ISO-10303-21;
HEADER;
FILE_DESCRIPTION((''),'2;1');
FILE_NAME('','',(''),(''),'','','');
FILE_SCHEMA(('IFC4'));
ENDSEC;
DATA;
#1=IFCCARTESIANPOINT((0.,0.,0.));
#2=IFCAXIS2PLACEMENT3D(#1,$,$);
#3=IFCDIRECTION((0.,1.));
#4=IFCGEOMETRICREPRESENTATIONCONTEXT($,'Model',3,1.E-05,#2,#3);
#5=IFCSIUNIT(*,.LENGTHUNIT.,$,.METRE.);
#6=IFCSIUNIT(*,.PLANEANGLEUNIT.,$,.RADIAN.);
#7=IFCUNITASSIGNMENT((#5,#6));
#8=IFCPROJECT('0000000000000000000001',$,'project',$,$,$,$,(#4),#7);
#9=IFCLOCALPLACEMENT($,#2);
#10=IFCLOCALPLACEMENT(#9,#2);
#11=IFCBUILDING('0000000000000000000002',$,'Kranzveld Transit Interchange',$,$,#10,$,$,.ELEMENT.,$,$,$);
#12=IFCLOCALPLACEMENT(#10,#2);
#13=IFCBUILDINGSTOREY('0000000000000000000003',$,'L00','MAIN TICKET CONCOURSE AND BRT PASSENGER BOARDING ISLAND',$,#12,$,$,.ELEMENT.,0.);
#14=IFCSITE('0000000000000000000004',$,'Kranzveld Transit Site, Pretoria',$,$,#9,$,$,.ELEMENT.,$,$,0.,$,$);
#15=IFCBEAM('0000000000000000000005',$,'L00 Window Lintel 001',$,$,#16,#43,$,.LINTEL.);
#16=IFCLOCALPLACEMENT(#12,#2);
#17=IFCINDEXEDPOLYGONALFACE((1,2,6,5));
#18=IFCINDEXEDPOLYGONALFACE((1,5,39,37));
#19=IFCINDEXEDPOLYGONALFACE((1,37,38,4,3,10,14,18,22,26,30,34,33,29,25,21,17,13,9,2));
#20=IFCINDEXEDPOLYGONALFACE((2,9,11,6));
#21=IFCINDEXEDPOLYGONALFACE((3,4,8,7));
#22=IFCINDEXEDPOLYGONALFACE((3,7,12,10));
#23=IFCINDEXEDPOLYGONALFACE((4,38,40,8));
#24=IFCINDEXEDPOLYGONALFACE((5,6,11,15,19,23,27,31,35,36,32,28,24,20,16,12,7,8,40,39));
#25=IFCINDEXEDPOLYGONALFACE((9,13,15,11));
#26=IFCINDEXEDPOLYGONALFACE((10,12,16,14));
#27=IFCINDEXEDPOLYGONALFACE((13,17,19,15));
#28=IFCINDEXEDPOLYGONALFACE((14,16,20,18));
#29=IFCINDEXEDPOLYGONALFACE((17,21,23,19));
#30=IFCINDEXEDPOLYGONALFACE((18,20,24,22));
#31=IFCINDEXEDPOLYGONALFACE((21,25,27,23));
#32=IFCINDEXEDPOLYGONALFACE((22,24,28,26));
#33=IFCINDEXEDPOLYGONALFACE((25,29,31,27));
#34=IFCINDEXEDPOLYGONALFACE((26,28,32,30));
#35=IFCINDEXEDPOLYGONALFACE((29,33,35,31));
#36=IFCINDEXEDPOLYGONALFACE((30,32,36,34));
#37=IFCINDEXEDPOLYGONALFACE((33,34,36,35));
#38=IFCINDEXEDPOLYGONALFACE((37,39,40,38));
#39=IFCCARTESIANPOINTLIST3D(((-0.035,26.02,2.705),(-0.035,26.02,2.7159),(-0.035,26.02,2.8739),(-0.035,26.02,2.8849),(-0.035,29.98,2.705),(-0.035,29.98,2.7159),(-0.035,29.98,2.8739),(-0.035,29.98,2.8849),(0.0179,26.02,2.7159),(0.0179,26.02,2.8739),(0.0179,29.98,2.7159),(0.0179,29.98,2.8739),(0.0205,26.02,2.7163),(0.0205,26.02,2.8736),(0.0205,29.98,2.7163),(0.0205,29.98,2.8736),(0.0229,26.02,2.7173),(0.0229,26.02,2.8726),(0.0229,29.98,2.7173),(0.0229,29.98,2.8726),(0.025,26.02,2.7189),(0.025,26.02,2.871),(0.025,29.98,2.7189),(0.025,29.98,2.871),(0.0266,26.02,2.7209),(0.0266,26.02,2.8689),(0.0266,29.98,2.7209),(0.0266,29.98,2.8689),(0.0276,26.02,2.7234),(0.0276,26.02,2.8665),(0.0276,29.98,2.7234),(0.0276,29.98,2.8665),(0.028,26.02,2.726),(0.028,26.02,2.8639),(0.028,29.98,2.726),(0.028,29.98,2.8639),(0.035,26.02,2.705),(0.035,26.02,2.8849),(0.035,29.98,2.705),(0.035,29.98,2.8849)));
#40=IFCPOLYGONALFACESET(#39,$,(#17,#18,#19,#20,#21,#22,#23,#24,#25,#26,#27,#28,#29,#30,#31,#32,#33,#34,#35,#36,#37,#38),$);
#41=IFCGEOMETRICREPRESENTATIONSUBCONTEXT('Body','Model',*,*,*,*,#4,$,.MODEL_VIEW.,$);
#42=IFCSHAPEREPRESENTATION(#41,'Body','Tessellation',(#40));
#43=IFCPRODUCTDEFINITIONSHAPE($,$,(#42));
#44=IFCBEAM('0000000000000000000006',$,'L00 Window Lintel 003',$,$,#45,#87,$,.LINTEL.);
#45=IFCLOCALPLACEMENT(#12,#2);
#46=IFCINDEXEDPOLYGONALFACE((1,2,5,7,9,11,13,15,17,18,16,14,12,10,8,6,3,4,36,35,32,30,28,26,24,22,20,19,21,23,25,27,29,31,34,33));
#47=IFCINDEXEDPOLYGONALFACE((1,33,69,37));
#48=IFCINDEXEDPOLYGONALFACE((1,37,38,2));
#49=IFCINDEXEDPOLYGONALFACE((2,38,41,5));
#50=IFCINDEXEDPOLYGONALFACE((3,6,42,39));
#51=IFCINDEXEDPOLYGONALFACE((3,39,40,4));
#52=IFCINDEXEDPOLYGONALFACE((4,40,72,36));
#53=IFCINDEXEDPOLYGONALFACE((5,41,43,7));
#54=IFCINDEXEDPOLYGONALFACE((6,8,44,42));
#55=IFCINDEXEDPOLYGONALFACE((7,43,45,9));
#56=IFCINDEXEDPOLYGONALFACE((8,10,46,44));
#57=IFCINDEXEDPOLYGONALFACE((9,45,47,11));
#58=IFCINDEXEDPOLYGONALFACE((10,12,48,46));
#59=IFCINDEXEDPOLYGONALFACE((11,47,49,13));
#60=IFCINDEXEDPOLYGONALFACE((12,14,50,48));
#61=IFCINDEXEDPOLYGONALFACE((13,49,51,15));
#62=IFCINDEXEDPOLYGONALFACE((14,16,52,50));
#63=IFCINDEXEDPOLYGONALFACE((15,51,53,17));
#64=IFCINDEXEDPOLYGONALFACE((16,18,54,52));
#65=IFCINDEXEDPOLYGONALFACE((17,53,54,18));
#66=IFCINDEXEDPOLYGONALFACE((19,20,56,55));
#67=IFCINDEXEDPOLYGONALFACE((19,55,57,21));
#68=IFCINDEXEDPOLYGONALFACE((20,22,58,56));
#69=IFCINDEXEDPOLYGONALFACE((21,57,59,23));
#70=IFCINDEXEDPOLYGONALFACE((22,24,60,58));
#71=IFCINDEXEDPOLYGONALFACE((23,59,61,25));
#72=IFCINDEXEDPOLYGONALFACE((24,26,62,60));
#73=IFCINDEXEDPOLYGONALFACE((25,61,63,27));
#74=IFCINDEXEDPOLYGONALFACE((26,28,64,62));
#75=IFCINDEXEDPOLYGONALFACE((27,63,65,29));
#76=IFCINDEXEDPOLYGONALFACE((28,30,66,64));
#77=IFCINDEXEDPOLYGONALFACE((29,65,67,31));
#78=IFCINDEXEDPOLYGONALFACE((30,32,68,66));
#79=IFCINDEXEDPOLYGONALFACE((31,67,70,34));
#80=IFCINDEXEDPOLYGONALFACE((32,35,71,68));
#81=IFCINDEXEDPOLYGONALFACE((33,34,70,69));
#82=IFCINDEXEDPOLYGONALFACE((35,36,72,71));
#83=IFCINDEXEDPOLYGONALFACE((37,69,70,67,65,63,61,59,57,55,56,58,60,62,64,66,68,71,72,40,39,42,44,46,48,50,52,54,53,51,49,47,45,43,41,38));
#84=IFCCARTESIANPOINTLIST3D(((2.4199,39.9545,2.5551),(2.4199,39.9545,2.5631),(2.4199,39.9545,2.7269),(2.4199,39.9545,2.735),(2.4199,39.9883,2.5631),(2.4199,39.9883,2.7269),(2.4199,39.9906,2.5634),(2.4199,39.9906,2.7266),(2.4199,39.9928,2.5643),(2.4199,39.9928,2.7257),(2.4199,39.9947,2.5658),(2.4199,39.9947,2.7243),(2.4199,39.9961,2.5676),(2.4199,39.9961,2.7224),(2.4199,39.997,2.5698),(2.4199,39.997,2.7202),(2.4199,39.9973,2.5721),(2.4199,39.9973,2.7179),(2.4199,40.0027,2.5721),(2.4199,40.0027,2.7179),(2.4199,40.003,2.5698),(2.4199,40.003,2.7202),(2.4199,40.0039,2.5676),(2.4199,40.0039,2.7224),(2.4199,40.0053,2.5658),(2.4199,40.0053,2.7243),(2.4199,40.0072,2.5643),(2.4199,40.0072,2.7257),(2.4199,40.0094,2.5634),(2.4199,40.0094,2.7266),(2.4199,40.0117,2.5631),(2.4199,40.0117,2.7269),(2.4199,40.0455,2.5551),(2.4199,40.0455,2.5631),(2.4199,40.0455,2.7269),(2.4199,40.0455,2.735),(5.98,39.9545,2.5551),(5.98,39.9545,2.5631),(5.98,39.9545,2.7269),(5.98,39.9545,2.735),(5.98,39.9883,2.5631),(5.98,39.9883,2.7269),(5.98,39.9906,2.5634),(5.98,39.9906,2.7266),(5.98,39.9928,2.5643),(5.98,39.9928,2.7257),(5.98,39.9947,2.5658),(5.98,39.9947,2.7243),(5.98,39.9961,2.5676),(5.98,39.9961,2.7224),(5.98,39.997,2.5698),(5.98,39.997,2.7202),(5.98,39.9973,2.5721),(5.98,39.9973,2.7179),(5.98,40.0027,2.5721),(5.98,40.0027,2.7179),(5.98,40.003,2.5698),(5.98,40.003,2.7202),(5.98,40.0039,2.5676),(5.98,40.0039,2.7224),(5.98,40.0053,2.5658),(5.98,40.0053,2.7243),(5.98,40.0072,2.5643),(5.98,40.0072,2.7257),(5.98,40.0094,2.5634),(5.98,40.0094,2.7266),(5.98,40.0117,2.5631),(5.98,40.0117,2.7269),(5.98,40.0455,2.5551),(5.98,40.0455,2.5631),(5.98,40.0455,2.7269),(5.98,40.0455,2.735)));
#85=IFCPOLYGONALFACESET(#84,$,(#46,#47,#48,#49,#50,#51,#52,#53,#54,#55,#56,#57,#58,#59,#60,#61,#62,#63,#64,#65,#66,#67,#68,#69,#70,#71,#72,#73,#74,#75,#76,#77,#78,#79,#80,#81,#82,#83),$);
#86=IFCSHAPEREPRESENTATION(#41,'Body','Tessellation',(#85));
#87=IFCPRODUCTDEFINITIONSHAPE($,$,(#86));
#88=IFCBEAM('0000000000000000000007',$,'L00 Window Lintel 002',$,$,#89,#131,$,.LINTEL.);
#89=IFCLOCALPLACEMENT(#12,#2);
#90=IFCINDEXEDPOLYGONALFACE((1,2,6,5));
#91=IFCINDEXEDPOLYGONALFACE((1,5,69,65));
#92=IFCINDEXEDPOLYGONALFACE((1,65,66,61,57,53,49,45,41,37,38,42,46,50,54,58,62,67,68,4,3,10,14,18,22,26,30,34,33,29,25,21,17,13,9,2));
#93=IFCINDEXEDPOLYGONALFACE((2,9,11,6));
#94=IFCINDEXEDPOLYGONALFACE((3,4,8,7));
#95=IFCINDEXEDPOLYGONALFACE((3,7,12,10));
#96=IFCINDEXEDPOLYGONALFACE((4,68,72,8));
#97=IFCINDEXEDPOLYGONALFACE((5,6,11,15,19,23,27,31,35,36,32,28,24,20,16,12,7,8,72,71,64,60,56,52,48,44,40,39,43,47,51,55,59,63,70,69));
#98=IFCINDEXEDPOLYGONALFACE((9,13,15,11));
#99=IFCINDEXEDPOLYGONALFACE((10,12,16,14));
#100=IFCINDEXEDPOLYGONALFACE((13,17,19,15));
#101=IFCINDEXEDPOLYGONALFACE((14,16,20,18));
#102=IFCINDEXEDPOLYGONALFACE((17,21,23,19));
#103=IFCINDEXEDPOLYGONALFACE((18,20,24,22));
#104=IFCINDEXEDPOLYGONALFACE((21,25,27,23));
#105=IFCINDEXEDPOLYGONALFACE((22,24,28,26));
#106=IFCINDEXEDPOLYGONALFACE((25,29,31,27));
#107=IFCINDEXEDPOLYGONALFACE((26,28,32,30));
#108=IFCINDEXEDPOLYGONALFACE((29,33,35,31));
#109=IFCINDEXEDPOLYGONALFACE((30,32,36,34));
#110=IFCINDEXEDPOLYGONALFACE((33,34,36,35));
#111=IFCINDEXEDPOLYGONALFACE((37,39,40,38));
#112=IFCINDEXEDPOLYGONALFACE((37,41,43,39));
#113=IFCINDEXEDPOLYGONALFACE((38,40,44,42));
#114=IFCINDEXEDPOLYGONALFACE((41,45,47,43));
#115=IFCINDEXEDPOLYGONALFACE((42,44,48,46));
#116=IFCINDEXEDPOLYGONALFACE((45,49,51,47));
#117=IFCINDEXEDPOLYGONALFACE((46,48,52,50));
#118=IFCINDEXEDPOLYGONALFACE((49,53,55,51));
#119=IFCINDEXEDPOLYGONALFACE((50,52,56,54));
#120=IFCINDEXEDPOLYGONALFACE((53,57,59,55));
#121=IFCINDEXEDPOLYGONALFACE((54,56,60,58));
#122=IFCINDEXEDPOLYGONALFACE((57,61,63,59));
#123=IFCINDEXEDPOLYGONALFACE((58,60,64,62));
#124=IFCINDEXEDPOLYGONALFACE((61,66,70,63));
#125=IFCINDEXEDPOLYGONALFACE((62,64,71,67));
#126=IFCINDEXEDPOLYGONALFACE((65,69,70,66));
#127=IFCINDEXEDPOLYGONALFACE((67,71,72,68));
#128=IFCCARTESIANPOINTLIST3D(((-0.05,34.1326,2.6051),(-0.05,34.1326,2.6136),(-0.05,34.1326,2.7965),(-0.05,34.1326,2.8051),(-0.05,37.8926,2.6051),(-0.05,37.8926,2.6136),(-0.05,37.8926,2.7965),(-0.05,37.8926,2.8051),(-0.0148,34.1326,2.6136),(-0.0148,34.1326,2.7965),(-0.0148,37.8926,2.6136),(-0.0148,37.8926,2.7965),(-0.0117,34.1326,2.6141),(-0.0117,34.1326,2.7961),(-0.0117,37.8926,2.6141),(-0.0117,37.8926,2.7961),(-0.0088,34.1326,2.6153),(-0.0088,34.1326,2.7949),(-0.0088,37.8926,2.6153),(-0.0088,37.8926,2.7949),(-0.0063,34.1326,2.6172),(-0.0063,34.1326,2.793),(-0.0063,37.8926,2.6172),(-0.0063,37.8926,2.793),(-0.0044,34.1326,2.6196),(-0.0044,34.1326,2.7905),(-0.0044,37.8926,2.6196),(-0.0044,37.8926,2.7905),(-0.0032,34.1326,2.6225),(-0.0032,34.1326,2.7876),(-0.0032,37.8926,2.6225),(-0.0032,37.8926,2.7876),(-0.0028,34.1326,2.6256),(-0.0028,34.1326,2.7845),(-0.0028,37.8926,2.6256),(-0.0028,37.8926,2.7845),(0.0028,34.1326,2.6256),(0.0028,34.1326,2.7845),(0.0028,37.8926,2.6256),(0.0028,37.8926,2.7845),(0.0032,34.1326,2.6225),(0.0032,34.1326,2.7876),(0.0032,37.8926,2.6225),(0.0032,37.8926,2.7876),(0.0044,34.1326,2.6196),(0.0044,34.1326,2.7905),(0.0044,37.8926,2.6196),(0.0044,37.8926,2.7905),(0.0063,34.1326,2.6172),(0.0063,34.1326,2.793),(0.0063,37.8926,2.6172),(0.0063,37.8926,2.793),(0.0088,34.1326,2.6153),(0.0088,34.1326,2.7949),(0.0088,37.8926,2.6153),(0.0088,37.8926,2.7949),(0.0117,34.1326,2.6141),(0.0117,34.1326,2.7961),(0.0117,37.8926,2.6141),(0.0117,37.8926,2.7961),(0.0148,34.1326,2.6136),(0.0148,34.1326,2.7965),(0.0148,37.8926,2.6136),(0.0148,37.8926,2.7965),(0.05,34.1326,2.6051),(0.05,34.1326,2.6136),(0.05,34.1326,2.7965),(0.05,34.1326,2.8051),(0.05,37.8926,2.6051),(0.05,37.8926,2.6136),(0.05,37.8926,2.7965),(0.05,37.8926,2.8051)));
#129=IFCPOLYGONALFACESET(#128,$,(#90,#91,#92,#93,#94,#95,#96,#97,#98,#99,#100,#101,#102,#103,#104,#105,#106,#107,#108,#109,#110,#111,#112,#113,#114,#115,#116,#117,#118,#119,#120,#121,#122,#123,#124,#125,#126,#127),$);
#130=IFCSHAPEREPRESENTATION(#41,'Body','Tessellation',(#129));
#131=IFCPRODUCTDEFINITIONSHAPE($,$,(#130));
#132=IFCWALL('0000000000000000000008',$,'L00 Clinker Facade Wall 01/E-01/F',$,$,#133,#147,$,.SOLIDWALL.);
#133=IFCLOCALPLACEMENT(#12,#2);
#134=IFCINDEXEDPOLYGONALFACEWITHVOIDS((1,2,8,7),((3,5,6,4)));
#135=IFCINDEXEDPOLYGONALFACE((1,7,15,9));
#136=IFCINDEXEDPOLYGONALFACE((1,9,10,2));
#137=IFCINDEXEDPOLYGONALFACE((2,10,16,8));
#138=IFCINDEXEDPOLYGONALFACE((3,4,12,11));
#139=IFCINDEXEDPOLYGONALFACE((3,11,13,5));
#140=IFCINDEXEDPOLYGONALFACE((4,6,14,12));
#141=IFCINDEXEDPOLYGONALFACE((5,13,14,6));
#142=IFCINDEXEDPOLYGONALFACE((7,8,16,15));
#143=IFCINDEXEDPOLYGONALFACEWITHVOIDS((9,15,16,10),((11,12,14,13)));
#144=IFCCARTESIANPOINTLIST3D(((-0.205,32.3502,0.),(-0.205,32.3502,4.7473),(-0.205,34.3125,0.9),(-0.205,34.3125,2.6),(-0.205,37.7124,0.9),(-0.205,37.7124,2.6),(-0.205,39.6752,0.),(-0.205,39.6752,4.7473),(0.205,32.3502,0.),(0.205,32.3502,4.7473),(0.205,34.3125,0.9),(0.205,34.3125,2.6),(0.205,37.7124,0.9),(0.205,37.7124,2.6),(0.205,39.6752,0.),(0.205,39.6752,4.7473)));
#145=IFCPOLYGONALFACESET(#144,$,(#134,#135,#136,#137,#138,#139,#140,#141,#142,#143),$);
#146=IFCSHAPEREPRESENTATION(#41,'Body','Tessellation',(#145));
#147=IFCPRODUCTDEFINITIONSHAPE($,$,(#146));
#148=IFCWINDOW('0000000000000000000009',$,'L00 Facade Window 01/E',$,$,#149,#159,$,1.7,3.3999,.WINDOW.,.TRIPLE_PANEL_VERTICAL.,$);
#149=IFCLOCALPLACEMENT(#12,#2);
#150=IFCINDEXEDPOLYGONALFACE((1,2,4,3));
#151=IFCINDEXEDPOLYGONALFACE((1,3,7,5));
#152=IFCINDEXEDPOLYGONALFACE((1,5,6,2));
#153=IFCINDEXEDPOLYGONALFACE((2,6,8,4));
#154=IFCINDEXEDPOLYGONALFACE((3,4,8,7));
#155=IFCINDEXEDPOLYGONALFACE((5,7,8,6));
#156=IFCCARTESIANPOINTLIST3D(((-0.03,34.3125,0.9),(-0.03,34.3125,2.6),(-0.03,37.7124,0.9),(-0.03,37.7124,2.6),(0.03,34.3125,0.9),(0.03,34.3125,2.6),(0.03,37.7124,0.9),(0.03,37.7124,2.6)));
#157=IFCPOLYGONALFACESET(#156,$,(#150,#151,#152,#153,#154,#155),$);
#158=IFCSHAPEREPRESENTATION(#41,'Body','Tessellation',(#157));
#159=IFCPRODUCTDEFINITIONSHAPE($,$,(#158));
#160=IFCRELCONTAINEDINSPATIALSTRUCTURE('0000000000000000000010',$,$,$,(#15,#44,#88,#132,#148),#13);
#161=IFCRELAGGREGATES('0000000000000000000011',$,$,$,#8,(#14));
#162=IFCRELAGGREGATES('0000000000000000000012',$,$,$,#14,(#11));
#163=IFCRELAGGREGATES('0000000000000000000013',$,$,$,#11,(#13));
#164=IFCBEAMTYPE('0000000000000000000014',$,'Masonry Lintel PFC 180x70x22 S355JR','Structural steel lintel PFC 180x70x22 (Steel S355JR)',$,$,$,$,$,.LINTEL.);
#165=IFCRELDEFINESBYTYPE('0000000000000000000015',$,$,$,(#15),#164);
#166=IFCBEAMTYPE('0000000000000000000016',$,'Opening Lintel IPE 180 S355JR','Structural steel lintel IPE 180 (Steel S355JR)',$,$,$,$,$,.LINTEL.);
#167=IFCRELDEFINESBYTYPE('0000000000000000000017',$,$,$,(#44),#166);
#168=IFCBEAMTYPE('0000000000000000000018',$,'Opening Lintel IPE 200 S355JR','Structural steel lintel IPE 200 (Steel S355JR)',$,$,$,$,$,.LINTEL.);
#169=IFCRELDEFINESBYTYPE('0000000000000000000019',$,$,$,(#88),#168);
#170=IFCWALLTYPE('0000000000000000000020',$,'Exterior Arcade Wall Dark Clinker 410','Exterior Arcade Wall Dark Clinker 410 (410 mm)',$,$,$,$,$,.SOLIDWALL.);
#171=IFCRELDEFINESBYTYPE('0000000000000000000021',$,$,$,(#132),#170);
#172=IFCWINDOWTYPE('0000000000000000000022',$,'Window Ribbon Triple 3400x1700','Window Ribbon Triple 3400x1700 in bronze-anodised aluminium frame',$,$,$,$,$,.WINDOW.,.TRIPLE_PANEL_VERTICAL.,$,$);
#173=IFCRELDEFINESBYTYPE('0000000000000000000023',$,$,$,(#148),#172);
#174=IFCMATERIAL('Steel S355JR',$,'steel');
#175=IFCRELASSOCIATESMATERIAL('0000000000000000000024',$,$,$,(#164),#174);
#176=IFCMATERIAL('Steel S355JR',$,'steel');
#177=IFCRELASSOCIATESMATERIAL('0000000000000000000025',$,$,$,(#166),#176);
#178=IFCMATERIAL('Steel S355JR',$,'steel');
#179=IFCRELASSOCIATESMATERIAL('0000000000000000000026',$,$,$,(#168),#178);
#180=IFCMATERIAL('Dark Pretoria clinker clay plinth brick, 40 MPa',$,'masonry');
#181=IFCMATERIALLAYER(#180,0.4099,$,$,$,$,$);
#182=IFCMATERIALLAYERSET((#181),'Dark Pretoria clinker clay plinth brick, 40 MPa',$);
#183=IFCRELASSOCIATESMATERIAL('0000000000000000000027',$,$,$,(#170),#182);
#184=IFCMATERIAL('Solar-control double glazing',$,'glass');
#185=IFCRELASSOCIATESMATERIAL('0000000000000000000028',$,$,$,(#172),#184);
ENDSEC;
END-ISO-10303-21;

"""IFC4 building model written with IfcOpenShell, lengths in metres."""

from ifc_helpers import new_model, si_unit, direction, frame, frame_2d, origin, origin_2d, place, context, subcontext, project, spatial, rectangle, i_section, u_section, extrude, material, layer, layer_set, material_profile, profile_set, type_object, element, fill, save


model = new_model("IFC4")

# Units and contexts
model_context = context("Model", 3, precision=1e-05, world=origin(), true_north=direction((0.0, 1.0)))
body_context = subcontext(model_context, "Body", "Model", "MODEL_VIEW")
ifc_project = project(units=[si_unit("LENGTHUNIT", "METRE"), si_unit("PLANEANGLEUNIT", "RADIAN")], contexts=[model_context])

# Site, building, storey
site_placement = place(None, origin())
site = spatial("IfcSite", under=ifc_project, at=site_placement, Name="Kranzveld Transit Site, Pretoria", CompositionType="ELEMENT", RefElevation=0.0)
building_placement = place(site_placement, origin())
building = spatial("IfcBuilding", under=site, at=building_placement, Name="Kranzveld Transit Interchange", CompositionType="ELEMENT")
storey_placement = place(building_placement, origin())
storey = spatial("IfcBuildingStorey", under=building, at=storey_placement, Name="L00", Description="MAIN TICKET CONCOURSE AND BRT PASSENGER BOARDING ISLAND", CompositionType="ELEMENT", Elevation=0.0)

# Beams
ifc_material_1 = material(Name="Steel S355JR", Category="steel")
ifc_material_profile_1 = material_profile(ifc_material_1, u_section(Depth=0.1799, FlangeWidth=0.0701, WebThickness=0.0071, FlangeThickness=0.011, FilletRadius=0.01, at=origin_2d()), Name="PFC 180x70x22")
ifc_profile_set_1 = profile_set([ifc_material_profile_1], Name="Steel S355JR")
beam_type_1 = type_object("IfcBeamType", Name="Masonry Lintel PFC 180x70x22 S355JR", Description="Structural steel lintel PFC 180x70x22 (Steel S355JR)", PredefinedType="LINTEL", material=ifc_profile_set_1)
beam_1_placement = place(storey_placement, frame((0.0, 26.02, 2.7949), z_axis=(0.0, 1.0, 0.0), x_axis=(-1.0, 0.0, 0.0)))
element("IfcBeam", 1, at=beam_1_placement, inside=storey, type_object=beam_type_1, Name="L00 Window Lintel 001", PredefinedType="LINTEL", context=body_context, shape_type="SweptSolid", body=[
    extrude(u_section(Depth=0.1799, FlangeWidth=0.0701, WebThickness=0.0071, FlangeThickness=0.011, FilletRadius=0.01, at=origin_2d()), origin(), (0.0, 0.0, 1.0), 3.96),
])
ifc_material_2 = material(Name="Steel S355JR", Category="steel")
ifc_material_profile_2 = material_profile(ifc_material_2, i_section(OverallWidth=0.0911, OverallDepth=0.1799, WebThickness=0.0054, FlangeThickness=0.0081, FilletRadius=0.009, at=origin_2d()), Name="IPE 180")
ifc_profile_set_2 = profile_set([ifc_material_profile_2], Name="Steel S355JR")
beam_type_2 = type_object("IfcBeamType", Name="Opening Lintel IPE 180 S355JR", Description="Structural steel lintel IPE 180 (Steel S355JR)", PredefinedType="LINTEL", material=ifc_profile_set_2)
beam_2_placement = place(storey_placement, frame((2.4199, 40.0, 2.645), z_axis=(1.0, 0.0, 0.0), x_axis=(0.0, 1.0, 0.0)))
element("IfcBeam", 2, at=beam_2_placement, inside=storey, type_object=beam_type_2, Name="L00 Window Lintel 003", PredefinedType="LINTEL", context=body_context, shape_type="SweptSolid", body=[
    extrude(i_section(OverallWidth=0.0911, OverallDepth=0.1799, WebThickness=0.0054, FlangeThickness=0.0081, FilletRadius=0.009, at=origin_2d()), origin(), (0.0, 0.0, 1.0), 3.5601),
])
ifc_material_3 = material(Name="Steel S355JR", Category="steel")
ifc_material_profile_3 = material_profile(ifc_material_3, i_section(OverallWidth=0.1001, OverallDepth=0.2, WebThickness=0.0056, FlangeThickness=0.0085, FilletRadius=0.012, at=origin_2d()), Name="IPE 200")
ifc_profile_set_3 = profile_set([ifc_material_profile_3], Name="Steel S355JR")
beam_type_3 = type_object("IfcBeamType", Name="Opening Lintel IPE 200 S355JR", Description="Structural steel lintel IPE 200 (Steel S355JR)", PredefinedType="LINTEL", material=ifc_profile_set_3)
beam_3_placement = place(storey_placement, frame((0.0, 34.1326, 2.7051), z_axis=(0.0, 1.0, 0.0), x_axis=(-1.0, 0.0, 0.0)))
element("IfcBeam", 3, at=beam_3_placement, inside=storey, type_object=beam_type_3, Name="L00 Window Lintel 002", PredefinedType="LINTEL", context=body_context, shape_type="SweptSolid", body=[
    extrude(i_section(OverallWidth=0.1001, OverallDepth=0.2, WebThickness=0.0056, FlangeThickness=0.0085, FilletRadius=0.012, at=origin_2d()), origin(), (0.0, 0.0, 1.0), 3.76),
])

# Wall, opening, window
ifc_material_4 = material(Name="Dark Pretoria clinker clay plinth brick, 40 MPa", Category="masonry")
ifc_layer_1 = layer(ifc_material_4, 0.4099)
ifc_layer_set_1 = layer_set([ifc_layer_1], Name="Dark Pretoria clinker clay plinth brick, 40 MPa")
wall_type_1 = type_object("IfcWallType", Name="Exterior Arcade Wall Dark Clinker 410", Description="Exterior Arcade Wall Dark Clinker 410 (410 mm)", PredefinedType="SOLIDWALL", material=ifc_layer_set_1)
wall_1_placement = place(storey_placement, frame((0.0, 32.3501, 0.0), z_axis=(0.0, 0.0, 1.0), x_axis=(0.0, 1.0, 0.0)))
wall_1 = element("IfcWall", 4, at=wall_1_placement, inside=storey, type_object=wall_type_1, Name="L00 Clinker Facade Wall 01/E-01/F", PredefinedType="SOLIDWALL", context=body_context, shape_type="SweptSolid", body=[
    extrude(rectangle(XDim=7.325, YDim=0.4099, at=frame_2d((3.6626, 0.0))), origin(), (0.0, 0.0, 1.0), 4.7473),
])
opening_1_placement = place(wall_1_placement, frame((1.9624, 0.0, 0.8999), z_axis=(0.0, 0.0, 1.0), x_axis=(1.0, 0.0, 0.0)))
opening_1 = element("IfcOpeningElement", 5, at=opening_1_placement, cuts=wall_1, PredefinedType="OPENING", context=body_context, shape_type="SweptSolid", body=[
    extrude(rectangle(XDim=3.3999, YDim=1.7, at=frame_2d((1.7, 0.8501))), frame((0.0, 0.2148, 0.0), z_axis=(0.0, -1.0, 0.0), x_axis=(1.0, 0.0, 0.0)), (0.0, 0.0, 1.0), 0.4299),
])
ifc_material_5 = material(Name="Solar-control double glazing", Category="glass")
window_type_1 = type_object("IfcWindowType", Name="Window Ribbon Triple 3400x1700", Description="Window Ribbon Triple 3400x1700 in bronze-anodised aluminium frame", PartitioningType="TRIPLE_PANEL_VERTICAL", PredefinedType="WINDOW", material=ifc_material_5)
window_1_placement = place(opening_1_placement, origin())
window_1 = element("IfcWindow", 6, at=window_1_placement, inside=storey, type_object=window_type_1, Name="L00 Facade Window 01/E", OverallHeight=1.7, OverallWidth=3.3999, PartitioningType="TRIPLE_PANEL_VERTICAL", PredefinedType="WINDOW", context=body_context, shape_type="SweptSolid", body=[
    extrude(rectangle(XDim=3.3999, YDim=1.7, at=frame_2d((1.7, 0.8501))), frame((0.0, 0.03, 0.0), z_axis=(0.0, -1.0, 0.0), x_axis=(1.0, 0.0, 0.0)), (0.0, 0.0, 1.0), 0.0601),
])
fill(opening_1, window_1)

save(model, "model.ifc")
